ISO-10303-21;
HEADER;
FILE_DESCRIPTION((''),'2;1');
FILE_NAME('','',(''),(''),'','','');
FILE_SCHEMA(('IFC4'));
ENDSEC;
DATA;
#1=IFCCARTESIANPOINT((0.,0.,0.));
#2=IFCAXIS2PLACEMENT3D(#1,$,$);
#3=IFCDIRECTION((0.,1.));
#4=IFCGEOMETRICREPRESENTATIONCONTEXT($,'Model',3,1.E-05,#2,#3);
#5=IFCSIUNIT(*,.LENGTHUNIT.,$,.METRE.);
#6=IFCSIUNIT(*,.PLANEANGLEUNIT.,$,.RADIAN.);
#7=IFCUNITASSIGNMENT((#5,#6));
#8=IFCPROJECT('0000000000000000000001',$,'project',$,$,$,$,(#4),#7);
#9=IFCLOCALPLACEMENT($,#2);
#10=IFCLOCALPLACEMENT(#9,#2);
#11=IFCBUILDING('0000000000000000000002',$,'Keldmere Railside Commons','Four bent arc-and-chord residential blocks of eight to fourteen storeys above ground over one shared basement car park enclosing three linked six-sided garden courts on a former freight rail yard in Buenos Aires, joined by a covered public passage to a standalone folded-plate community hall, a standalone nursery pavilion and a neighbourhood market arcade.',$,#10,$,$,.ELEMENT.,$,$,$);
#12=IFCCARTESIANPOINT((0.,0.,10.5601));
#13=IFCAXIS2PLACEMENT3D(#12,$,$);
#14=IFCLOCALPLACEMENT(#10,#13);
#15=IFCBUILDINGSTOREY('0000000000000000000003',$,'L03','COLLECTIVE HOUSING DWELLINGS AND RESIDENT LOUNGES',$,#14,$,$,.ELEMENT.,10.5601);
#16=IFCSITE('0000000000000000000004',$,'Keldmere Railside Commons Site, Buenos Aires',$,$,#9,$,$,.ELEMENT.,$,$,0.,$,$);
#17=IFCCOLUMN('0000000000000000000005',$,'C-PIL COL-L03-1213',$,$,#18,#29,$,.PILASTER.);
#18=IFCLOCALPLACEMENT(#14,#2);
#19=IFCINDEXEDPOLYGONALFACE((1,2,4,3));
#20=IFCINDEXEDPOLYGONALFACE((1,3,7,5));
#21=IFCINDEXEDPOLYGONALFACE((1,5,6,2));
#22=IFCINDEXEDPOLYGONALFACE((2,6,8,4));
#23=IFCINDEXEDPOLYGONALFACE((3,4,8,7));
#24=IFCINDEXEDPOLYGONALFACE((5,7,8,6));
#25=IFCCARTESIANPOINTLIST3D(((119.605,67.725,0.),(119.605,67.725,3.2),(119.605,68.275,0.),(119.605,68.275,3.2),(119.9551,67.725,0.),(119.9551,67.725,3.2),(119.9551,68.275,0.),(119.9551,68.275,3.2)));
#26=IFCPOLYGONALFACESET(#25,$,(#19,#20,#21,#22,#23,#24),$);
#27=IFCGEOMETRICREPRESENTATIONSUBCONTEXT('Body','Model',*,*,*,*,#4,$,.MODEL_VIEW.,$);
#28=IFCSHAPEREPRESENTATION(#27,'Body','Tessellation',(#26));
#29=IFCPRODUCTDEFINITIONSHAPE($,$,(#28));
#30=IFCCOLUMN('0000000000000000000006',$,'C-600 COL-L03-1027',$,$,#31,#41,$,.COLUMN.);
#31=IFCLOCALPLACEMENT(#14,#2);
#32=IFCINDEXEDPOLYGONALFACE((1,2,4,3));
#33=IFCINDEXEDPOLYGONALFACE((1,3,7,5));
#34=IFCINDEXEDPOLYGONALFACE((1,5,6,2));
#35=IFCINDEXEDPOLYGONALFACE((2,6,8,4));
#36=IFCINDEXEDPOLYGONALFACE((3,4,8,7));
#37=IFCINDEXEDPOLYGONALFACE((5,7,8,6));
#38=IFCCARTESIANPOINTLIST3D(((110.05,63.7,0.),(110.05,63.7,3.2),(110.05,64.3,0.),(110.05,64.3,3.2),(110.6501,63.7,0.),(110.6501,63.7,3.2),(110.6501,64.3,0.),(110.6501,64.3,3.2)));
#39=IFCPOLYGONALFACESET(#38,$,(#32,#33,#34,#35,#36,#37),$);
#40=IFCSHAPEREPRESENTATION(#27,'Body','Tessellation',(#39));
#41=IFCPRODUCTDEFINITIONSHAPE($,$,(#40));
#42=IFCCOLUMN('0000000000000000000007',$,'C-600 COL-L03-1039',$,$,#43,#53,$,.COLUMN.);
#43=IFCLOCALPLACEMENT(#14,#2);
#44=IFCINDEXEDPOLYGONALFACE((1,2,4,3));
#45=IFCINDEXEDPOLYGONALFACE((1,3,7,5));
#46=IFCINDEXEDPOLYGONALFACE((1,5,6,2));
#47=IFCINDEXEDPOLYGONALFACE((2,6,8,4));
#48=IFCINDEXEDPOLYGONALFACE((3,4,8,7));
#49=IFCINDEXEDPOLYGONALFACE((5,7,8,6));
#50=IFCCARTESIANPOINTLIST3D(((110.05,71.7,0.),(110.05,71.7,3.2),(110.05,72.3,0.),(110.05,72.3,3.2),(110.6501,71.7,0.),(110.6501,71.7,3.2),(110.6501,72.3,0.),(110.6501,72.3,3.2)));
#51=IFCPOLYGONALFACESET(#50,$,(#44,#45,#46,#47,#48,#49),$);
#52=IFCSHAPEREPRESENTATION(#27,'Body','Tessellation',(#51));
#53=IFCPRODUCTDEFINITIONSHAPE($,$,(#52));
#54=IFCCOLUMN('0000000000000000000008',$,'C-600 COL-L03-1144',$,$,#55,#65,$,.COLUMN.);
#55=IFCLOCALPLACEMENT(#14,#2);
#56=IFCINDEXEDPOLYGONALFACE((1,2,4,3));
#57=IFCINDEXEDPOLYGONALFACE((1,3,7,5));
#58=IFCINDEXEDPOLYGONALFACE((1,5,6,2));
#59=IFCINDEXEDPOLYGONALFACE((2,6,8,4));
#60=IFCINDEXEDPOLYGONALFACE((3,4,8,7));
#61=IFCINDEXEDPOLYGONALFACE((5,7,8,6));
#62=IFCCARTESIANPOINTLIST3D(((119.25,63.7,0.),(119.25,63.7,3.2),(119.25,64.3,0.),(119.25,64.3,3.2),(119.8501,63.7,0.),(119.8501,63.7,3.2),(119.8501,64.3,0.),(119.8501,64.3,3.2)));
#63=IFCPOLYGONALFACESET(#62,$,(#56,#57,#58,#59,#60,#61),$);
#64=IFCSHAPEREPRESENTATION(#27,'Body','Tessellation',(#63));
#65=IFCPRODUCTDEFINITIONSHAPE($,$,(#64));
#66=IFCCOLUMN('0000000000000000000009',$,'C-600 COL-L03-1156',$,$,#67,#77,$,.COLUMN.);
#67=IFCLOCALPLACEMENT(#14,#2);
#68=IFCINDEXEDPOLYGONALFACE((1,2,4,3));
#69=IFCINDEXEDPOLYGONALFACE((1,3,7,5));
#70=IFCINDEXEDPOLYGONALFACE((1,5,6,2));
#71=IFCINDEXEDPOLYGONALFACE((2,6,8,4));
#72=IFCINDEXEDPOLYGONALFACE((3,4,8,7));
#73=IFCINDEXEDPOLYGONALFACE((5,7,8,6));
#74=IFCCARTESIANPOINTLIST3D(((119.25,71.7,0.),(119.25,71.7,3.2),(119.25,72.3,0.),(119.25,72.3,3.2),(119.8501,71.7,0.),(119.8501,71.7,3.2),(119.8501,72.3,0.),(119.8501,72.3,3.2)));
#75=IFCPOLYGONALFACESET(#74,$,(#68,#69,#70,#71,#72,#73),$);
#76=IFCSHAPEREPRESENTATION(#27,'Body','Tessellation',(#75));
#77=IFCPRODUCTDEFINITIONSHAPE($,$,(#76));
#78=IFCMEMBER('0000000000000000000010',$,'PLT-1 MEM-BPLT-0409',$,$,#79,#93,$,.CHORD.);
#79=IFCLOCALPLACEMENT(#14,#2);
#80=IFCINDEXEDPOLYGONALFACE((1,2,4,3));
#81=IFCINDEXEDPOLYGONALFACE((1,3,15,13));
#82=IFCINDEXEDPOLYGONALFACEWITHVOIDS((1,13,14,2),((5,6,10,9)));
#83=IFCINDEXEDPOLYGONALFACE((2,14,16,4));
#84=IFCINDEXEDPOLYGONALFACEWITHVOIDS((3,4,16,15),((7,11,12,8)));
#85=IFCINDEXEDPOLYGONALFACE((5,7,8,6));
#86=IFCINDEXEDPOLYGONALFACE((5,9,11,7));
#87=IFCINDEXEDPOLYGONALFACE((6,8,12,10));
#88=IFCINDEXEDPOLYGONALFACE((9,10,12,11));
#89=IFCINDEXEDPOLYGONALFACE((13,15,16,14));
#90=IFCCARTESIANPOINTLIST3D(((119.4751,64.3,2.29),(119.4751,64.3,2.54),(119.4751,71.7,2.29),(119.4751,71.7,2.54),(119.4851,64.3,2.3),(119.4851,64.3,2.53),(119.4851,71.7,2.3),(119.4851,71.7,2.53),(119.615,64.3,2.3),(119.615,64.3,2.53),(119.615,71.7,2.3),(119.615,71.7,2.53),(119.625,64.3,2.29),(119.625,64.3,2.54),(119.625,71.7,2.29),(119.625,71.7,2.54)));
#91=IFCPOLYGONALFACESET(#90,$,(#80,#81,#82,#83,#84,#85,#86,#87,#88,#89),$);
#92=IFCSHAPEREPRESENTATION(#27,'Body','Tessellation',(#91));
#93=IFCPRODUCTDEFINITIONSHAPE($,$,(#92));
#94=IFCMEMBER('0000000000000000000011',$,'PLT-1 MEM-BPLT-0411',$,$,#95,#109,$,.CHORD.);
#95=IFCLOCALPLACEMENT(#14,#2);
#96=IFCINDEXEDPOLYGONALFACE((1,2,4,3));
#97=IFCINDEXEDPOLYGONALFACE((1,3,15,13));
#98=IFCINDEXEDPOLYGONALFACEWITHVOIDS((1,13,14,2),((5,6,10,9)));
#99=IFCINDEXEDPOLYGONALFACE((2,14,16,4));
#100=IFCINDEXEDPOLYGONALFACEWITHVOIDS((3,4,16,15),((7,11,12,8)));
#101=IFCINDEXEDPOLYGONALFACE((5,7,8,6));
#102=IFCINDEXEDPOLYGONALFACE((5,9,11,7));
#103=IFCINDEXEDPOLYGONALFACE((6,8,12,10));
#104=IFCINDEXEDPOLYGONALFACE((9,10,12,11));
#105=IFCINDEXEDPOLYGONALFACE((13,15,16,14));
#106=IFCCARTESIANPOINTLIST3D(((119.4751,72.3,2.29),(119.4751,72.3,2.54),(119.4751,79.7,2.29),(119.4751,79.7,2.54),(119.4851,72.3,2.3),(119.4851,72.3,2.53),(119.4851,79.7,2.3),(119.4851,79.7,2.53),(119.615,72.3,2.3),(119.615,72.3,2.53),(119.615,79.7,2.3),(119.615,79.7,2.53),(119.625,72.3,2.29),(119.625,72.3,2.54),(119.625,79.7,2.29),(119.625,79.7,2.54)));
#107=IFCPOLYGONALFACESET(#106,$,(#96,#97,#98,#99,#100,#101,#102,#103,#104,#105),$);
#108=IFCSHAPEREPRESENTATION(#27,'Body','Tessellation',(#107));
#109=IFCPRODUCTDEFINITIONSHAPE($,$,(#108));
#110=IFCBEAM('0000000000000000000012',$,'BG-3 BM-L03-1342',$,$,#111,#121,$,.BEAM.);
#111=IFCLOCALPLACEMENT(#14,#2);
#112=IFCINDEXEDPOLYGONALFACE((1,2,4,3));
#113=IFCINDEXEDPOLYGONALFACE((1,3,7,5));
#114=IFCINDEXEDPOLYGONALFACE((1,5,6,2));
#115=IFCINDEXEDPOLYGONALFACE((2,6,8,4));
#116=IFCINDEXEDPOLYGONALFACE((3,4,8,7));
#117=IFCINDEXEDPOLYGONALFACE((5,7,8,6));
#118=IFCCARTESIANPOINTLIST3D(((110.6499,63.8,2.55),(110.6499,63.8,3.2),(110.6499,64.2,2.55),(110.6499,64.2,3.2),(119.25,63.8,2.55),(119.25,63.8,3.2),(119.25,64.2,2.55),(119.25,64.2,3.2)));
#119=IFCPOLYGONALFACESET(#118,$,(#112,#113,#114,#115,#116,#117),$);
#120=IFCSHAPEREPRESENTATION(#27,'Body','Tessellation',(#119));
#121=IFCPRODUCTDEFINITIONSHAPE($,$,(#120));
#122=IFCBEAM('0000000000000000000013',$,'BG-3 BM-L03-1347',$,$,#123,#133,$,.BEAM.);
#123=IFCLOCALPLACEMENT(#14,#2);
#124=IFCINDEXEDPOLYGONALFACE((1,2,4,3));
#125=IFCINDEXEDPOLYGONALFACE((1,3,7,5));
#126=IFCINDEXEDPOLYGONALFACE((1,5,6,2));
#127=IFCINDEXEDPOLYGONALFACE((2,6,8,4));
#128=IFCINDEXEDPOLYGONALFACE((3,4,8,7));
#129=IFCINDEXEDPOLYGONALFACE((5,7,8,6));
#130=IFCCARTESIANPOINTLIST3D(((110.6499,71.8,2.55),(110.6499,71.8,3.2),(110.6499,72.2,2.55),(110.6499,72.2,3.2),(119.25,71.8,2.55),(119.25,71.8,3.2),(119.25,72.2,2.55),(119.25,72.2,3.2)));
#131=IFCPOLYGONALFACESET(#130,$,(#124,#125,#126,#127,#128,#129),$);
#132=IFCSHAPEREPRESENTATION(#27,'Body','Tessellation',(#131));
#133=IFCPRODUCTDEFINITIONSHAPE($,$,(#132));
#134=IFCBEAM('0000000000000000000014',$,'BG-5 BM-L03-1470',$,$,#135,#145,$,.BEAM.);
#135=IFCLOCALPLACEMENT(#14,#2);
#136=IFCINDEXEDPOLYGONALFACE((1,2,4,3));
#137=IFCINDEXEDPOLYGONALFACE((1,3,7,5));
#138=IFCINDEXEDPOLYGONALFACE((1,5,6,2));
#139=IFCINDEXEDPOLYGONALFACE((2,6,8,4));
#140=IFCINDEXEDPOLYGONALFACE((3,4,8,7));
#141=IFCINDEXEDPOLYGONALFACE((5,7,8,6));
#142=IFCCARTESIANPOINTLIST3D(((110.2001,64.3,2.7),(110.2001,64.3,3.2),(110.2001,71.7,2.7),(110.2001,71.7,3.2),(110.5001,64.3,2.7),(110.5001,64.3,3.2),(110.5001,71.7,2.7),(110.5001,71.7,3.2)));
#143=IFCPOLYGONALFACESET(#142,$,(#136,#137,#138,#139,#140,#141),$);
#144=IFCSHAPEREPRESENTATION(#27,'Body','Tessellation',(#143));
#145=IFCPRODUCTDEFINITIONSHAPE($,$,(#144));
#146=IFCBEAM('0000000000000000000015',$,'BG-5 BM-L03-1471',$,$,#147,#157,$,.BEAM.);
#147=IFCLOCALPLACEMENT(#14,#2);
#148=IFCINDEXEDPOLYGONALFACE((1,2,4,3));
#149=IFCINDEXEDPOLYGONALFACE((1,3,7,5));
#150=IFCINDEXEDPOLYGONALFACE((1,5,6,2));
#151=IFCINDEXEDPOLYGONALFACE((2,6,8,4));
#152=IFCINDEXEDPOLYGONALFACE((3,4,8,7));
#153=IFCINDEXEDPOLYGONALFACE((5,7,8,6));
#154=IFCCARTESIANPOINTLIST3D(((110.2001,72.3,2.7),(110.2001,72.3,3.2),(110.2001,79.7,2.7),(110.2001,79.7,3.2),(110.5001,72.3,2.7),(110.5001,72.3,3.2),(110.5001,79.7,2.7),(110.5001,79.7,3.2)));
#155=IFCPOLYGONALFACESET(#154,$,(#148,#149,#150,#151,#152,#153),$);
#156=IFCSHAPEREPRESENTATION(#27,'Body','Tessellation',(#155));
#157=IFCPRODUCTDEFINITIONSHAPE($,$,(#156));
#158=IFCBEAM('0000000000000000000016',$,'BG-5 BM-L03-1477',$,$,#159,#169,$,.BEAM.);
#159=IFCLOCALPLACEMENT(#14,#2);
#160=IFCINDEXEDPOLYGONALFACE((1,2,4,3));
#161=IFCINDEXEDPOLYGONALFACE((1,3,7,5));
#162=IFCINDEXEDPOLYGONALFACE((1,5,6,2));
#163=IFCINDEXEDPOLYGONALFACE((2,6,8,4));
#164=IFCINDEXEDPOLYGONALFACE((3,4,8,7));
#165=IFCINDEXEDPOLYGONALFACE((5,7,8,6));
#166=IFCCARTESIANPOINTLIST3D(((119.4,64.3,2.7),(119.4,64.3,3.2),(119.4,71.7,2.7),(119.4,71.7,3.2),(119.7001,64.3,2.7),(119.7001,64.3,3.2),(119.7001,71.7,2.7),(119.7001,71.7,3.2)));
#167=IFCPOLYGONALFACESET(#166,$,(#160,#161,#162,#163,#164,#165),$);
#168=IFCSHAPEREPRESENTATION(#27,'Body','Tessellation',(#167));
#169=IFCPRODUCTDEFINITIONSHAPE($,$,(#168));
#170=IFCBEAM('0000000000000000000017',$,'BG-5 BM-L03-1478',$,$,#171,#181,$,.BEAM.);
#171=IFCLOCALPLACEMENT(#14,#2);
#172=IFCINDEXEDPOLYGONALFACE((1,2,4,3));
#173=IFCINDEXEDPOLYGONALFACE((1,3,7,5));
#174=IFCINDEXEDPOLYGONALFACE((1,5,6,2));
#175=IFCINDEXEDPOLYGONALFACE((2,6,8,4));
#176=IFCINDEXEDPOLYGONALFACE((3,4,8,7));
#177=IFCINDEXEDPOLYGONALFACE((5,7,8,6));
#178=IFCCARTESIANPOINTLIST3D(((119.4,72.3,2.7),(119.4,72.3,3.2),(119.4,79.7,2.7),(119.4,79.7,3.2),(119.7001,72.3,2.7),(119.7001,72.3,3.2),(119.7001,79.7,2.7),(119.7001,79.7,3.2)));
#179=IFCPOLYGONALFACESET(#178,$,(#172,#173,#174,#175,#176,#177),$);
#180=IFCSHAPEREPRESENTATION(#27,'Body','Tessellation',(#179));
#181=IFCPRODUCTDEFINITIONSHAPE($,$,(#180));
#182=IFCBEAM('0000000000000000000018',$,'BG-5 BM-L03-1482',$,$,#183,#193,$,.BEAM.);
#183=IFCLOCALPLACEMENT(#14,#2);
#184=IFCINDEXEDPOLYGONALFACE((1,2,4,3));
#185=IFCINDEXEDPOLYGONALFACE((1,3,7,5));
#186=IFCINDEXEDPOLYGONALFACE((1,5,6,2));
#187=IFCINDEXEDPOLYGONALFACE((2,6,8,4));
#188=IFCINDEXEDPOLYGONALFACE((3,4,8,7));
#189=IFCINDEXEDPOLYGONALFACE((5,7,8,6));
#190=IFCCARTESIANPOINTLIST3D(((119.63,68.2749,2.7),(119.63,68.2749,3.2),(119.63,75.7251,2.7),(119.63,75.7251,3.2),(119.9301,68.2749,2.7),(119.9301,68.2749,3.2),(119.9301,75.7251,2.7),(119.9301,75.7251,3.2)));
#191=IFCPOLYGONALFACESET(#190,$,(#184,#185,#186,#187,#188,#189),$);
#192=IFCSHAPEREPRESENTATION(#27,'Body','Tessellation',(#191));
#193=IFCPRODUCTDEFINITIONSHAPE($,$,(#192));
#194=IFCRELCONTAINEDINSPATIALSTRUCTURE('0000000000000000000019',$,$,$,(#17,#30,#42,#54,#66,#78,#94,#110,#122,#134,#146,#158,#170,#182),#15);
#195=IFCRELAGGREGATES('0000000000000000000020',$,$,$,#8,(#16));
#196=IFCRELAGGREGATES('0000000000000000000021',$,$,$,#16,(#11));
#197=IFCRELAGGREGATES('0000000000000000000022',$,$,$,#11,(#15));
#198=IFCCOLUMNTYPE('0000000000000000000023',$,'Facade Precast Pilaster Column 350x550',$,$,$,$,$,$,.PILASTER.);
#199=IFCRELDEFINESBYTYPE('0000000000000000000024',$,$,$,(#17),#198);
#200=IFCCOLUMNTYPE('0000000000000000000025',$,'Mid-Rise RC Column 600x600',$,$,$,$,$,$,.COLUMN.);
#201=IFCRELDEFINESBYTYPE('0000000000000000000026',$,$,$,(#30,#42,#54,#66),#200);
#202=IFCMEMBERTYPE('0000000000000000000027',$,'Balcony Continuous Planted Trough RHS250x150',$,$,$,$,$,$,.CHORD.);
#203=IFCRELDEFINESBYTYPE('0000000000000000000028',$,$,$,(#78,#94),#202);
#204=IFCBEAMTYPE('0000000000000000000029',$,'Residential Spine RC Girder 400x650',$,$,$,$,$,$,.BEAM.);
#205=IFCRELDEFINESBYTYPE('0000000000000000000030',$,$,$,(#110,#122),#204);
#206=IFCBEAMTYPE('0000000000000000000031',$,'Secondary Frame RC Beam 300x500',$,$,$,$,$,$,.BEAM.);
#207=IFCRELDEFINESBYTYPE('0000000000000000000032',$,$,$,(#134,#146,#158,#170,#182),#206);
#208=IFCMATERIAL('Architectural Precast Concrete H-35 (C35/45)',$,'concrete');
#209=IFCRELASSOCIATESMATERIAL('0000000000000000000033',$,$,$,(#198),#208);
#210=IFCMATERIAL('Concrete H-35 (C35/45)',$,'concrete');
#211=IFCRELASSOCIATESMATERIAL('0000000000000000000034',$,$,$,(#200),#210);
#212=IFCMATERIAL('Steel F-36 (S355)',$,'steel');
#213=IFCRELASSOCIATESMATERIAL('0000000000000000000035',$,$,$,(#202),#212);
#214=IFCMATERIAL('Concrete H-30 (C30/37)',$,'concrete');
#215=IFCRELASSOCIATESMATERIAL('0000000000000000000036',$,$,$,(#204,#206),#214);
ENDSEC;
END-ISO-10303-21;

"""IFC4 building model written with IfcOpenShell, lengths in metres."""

from ifc_helpers import new_model, si_unit, direction, frame, origin, origin_2d, place, context, subcontext, project, spatial, rectangle, hollow_rectangle, extrude, material, material_profile, profile_set, type_object, element, save


model = new_model("IFC4")

# Units and contexts
model_context = context("Model", 3, precision=1e-05, world=origin(), true_north=direction((0.0, 1.0)))
body_context = subcontext(model_context, "Body", "Model", "MODEL_VIEW")
ifc_project = project(units=[si_unit("LENGTHUNIT", "METRE"), si_unit("PLANEANGLEUNIT", "RADIAN")], contexts=[model_context])

# Site, building, storey
site_placement = place(None, origin())
site = spatial("IfcSite", under=ifc_project, at=site_placement, Name="Keldmere Railside Commons Site, Buenos Aires", CompositionType="ELEMENT", RefElevation=0.0)
building_placement = place(site_placement, origin())
building = spatial("IfcBuilding", under=site, at=building_placement, Name="Keldmere Railside Commons", Description="Four bent arc-and-chord residential blocks of eight to fourteen storeys above ground over one shared basement car park enclosing three linked six-sided garden courts on a former freight rail yard in Buenos Aires, joined by a covered public passage to a standalone folded-plate community hall, a standalone nursery pavilion and a neighbourhood market arcade.", CompositionType="ELEMENT")
storey_placement = place(building_placement, frame((0.0, 0.0, 10.5601)))
storey = spatial("IfcBuildingStorey", under=building, at=storey_placement, Name="L03", Description="COLLECTIVE HOUSING DWELLINGS AND RESIDENT LOUNGES", CompositionType="ELEMENT", Elevation=10.5601)

# Columns
ifc_material_1 = material(Name="Architectural Precast Concrete H-35 (C35/45)", Category="concrete")
ifc_material_profile_1 = material_profile(ifc_material_1, rectangle(XDim=0.3501, YDim=0.55, at=origin_2d()), Name="RC-350x550")
ifc_profile_set_1 = profile_set([ifc_material_profile_1], Name="Architectural Precast Concrete H-35 (C35/45)")
column_type_1 = type_object("IfcColumnType", Name="Facade Precast Pilaster Column 350x550", PredefinedType="PILASTER", material=ifc_profile_set_1)
column_placement = place(storey_placement, frame((119.78, 68.0, 0.0), z_axis=(0.0, 0.0, 1.0), x_axis=(1.0, 0.0, 0.0)))
element("IfcColumn", 1, at=column_placement, inside=storey, type_object=column_type_1, Name="C-PIL COL-L03-1213", PredefinedType="PILASTER", context=body_context, shape_type="SweptSolid", body=[
    extrude(rectangle(XDim=0.3501, YDim=0.55, at=origin_2d()), origin(), (0.0, 0.0, 1.0), 3.2),
])
ifc_material_2 = material(Name="Concrete H-35 (C35/45)", Category="concrete")
ifc_material_profile_2 = material_profile(ifc_material_2, rectangle(XDim=0.6001, YDim=0.6001, at=origin_2d()), Name="RC-600x600")
ifc_profile_set_2 = profile_set([ifc_material_profile_2], Name="Concrete H-35 (C35/45)")
column_type_2 = type_object("IfcColumnType", Name="Mid-Rise RC Column 600x600", PredefinedType="COLUMN", material=ifc_profile_set_2)
for number, where, z_axis, x_axis, name in (
    (2, (110.3501, 64.0, 0.0), (0.0, 0.0, 1.0), (1.0, 0.0, 0.0), "C-600 COL-L03-1027"),
    (3, (110.3501, 72.0, 0.0), (0.0, 0.0, 1.0), (1.0, 0.0, 0.0), "C-600 COL-L03-1039"),
    (4, (119.55, 64.0, 0.0), (0.0, 0.0, 1.0), (1.0, 0.0, 0.0), "C-600 COL-L03-1144"),
    (5, (119.55, 72.0, 0.0), (0.0, 0.0, 1.0), (1.0, 0.0, 0.0), "C-600 COL-L03-1156"),
):
    element("IfcColumn", number, at=place(storey_placement, frame(where, z_axis=z_axis, x_axis=x_axis)), inside=storey, type_object=column_type_2, Name=name, PredefinedType="COLUMN", context=body_context, shape_type="SweptSolid", body=[
        extrude(rectangle(XDim=0.6001, YDim=0.6001, at=origin_2d()), origin(), (0.0, 0.0, 1.0), 3.2),
    ])

# Members
ifc_material_3 = material(Name="Steel F-36 (S355)", Category="steel")
ifc_material_profile_3 = material_profile(ifc_material_3, hollow_rectangle(XDim=0.1499, YDim=0.25, WallThickness=0.01, at=origin_2d()), Name="RHS-250x150x10")
ifc_profile_set_3 = profile_set([ifc_material_profile_3], Name="Steel F-36 (S355)")
member_type_1 = type_object("IfcMemberType", Name="Balcony Continuous Planted Trough RHS250x150", PredefinedType="CHORD", material=ifc_profile_set_3)
for number, where, z_axis, x_axis, name in (
    (6, (119.55, 64.3, 2.415), (0.0, 1.0, 0.0), (-1.0, 0.0, 0.0), "PLT-1 MEM-BPLT-0409"),
    (7, (119.55, 72.3, 2.415), (0.0, 1.0, 0.0), (-1.0, 0.0, 0.0), "PLT-1 MEM-BPLT-0411"),
):
    element("IfcMember", number, at=place(storey_placement, frame(where, z_axis=z_axis, x_axis=x_axis)), inside=storey, type_object=member_type_1, Name=name, PredefinedType="CHORD", context=body_context, shape_type="SweptSolid", body=[
        extrude(hollow_rectangle(XDim=0.1499, YDim=0.25, WallThickness=0.01, at=origin_2d()), origin(), (0.0, 0.0, 1.0), 7.3999),
    ])

# Beams
ifc_material_4 = material(Name="Concrete H-30 (C30/37)", Category="concrete")
ifc_material_profile_4 = material_profile(ifc_material_4, rectangle(XDim=0.3999, YDim=0.6499, at=origin_2d()), Name="RC-400x650")
ifc_profile_set_4 = profile_set([ifc_material_profile_4], Name="Concrete H-30 (C30/37)")
beam_type_1 = type_object("IfcBeamType", Name="Residential Spine RC Girder 400x650", PredefinedType="BEAM", material=ifc_profile_set_4)
for number, where, z_axis, x_axis, name in (
    (8, (110.6499, 64.0, 2.875), (1.0, 0.0, 0.0), (0.0, 1.0, 0.0), "BG-3 BM-L03-1342"),
    (9, (110.6499, 72.0, 2.875), (1.0, 0.0, 0.0), (0.0, 1.0, 0.0), "BG-3 BM-L03-1347"),
):
    element("IfcBeam", number, at=place(storey_placement, frame(where, z_axis=z_axis, x_axis=x_axis)), inside=storey, type_object=beam_type_1, Name=name, PredefinedType="BEAM", context=body_context, shape_type="SweptSolid", body=[
        extrude(rectangle(XDim=0.3999, YDim=0.6499, at=origin_2d()), origin(), (0.0, 0.0, 1.0), 8.6001),
    ])
ifc_material_profile_5 = material_profile(ifc_material_4, rectangle(XDim=0.3, YDim=0.5, at=origin_2d()), Name="RC-300x500")
ifc_profile_set_5 = profile_set([ifc_material_profile_5], Name="Concrete H-30 (C30/37)")
beam_type_2 = type_object("IfcBeamType", Name="Secondary Frame RC Beam 300x500", PredefinedType="BEAM", material=ifc_profile_set_5)
for number, where, z_axis, x_axis, name in (
    (10, (110.3501, 64.3, 2.95), (0.0, 1.0, 0.0), (-1.0, 0.0, 0.0), "BG-5 BM-L03-1470"),
    (11, (110.3501, 72.3, 2.95), (0.0, 1.0, 0.0), (-1.0, 0.0, 0.0), "BG-5 BM-L03-1471"),
    (12, (119.55, 64.3, 2.95), (0.0, 1.0, 0.0), (-1.0, 0.0, 0.0), "BG-5 BM-L03-1477"),
    (13, (119.55, 72.3, 2.95), (0.0, 1.0, 0.0), (-1.0, 0.0, 0.0), "BG-5 BM-L03-1478"),
):
    element("IfcBeam", number, at=place(storey_placement, frame(where, z_axis=z_axis, x_axis=x_axis)), inside=storey, type_object=beam_type_2, Name=name, PredefinedType="BEAM", context=body_context, shape_type="SweptSolid", body=[
        extrude(rectangle(XDim=0.3, YDim=0.5, at=origin_2d()), origin(), (0.0, 0.0, 1.0), 7.3999),
    ])
beam_placement = place(storey_placement, frame((119.78, 68.2749, 2.95), z_axis=(0.0, 1.0, 0.0), x_axis=(-1.0, 0.0, 0.0)))
element("IfcBeam", 14, at=beam_placement, inside=storey, type_object=beam_type_2, Name="BG-5 BM-L03-1482", PredefinedType="BEAM", context=body_context, shape_type="SweptSolid", body=[
    extrude(rectangle(XDim=0.3, YDim=0.5, at=origin_2d()), origin(), (0.0, 0.0, 1.0), 7.4502),
])

save(model, "model.ifc")
